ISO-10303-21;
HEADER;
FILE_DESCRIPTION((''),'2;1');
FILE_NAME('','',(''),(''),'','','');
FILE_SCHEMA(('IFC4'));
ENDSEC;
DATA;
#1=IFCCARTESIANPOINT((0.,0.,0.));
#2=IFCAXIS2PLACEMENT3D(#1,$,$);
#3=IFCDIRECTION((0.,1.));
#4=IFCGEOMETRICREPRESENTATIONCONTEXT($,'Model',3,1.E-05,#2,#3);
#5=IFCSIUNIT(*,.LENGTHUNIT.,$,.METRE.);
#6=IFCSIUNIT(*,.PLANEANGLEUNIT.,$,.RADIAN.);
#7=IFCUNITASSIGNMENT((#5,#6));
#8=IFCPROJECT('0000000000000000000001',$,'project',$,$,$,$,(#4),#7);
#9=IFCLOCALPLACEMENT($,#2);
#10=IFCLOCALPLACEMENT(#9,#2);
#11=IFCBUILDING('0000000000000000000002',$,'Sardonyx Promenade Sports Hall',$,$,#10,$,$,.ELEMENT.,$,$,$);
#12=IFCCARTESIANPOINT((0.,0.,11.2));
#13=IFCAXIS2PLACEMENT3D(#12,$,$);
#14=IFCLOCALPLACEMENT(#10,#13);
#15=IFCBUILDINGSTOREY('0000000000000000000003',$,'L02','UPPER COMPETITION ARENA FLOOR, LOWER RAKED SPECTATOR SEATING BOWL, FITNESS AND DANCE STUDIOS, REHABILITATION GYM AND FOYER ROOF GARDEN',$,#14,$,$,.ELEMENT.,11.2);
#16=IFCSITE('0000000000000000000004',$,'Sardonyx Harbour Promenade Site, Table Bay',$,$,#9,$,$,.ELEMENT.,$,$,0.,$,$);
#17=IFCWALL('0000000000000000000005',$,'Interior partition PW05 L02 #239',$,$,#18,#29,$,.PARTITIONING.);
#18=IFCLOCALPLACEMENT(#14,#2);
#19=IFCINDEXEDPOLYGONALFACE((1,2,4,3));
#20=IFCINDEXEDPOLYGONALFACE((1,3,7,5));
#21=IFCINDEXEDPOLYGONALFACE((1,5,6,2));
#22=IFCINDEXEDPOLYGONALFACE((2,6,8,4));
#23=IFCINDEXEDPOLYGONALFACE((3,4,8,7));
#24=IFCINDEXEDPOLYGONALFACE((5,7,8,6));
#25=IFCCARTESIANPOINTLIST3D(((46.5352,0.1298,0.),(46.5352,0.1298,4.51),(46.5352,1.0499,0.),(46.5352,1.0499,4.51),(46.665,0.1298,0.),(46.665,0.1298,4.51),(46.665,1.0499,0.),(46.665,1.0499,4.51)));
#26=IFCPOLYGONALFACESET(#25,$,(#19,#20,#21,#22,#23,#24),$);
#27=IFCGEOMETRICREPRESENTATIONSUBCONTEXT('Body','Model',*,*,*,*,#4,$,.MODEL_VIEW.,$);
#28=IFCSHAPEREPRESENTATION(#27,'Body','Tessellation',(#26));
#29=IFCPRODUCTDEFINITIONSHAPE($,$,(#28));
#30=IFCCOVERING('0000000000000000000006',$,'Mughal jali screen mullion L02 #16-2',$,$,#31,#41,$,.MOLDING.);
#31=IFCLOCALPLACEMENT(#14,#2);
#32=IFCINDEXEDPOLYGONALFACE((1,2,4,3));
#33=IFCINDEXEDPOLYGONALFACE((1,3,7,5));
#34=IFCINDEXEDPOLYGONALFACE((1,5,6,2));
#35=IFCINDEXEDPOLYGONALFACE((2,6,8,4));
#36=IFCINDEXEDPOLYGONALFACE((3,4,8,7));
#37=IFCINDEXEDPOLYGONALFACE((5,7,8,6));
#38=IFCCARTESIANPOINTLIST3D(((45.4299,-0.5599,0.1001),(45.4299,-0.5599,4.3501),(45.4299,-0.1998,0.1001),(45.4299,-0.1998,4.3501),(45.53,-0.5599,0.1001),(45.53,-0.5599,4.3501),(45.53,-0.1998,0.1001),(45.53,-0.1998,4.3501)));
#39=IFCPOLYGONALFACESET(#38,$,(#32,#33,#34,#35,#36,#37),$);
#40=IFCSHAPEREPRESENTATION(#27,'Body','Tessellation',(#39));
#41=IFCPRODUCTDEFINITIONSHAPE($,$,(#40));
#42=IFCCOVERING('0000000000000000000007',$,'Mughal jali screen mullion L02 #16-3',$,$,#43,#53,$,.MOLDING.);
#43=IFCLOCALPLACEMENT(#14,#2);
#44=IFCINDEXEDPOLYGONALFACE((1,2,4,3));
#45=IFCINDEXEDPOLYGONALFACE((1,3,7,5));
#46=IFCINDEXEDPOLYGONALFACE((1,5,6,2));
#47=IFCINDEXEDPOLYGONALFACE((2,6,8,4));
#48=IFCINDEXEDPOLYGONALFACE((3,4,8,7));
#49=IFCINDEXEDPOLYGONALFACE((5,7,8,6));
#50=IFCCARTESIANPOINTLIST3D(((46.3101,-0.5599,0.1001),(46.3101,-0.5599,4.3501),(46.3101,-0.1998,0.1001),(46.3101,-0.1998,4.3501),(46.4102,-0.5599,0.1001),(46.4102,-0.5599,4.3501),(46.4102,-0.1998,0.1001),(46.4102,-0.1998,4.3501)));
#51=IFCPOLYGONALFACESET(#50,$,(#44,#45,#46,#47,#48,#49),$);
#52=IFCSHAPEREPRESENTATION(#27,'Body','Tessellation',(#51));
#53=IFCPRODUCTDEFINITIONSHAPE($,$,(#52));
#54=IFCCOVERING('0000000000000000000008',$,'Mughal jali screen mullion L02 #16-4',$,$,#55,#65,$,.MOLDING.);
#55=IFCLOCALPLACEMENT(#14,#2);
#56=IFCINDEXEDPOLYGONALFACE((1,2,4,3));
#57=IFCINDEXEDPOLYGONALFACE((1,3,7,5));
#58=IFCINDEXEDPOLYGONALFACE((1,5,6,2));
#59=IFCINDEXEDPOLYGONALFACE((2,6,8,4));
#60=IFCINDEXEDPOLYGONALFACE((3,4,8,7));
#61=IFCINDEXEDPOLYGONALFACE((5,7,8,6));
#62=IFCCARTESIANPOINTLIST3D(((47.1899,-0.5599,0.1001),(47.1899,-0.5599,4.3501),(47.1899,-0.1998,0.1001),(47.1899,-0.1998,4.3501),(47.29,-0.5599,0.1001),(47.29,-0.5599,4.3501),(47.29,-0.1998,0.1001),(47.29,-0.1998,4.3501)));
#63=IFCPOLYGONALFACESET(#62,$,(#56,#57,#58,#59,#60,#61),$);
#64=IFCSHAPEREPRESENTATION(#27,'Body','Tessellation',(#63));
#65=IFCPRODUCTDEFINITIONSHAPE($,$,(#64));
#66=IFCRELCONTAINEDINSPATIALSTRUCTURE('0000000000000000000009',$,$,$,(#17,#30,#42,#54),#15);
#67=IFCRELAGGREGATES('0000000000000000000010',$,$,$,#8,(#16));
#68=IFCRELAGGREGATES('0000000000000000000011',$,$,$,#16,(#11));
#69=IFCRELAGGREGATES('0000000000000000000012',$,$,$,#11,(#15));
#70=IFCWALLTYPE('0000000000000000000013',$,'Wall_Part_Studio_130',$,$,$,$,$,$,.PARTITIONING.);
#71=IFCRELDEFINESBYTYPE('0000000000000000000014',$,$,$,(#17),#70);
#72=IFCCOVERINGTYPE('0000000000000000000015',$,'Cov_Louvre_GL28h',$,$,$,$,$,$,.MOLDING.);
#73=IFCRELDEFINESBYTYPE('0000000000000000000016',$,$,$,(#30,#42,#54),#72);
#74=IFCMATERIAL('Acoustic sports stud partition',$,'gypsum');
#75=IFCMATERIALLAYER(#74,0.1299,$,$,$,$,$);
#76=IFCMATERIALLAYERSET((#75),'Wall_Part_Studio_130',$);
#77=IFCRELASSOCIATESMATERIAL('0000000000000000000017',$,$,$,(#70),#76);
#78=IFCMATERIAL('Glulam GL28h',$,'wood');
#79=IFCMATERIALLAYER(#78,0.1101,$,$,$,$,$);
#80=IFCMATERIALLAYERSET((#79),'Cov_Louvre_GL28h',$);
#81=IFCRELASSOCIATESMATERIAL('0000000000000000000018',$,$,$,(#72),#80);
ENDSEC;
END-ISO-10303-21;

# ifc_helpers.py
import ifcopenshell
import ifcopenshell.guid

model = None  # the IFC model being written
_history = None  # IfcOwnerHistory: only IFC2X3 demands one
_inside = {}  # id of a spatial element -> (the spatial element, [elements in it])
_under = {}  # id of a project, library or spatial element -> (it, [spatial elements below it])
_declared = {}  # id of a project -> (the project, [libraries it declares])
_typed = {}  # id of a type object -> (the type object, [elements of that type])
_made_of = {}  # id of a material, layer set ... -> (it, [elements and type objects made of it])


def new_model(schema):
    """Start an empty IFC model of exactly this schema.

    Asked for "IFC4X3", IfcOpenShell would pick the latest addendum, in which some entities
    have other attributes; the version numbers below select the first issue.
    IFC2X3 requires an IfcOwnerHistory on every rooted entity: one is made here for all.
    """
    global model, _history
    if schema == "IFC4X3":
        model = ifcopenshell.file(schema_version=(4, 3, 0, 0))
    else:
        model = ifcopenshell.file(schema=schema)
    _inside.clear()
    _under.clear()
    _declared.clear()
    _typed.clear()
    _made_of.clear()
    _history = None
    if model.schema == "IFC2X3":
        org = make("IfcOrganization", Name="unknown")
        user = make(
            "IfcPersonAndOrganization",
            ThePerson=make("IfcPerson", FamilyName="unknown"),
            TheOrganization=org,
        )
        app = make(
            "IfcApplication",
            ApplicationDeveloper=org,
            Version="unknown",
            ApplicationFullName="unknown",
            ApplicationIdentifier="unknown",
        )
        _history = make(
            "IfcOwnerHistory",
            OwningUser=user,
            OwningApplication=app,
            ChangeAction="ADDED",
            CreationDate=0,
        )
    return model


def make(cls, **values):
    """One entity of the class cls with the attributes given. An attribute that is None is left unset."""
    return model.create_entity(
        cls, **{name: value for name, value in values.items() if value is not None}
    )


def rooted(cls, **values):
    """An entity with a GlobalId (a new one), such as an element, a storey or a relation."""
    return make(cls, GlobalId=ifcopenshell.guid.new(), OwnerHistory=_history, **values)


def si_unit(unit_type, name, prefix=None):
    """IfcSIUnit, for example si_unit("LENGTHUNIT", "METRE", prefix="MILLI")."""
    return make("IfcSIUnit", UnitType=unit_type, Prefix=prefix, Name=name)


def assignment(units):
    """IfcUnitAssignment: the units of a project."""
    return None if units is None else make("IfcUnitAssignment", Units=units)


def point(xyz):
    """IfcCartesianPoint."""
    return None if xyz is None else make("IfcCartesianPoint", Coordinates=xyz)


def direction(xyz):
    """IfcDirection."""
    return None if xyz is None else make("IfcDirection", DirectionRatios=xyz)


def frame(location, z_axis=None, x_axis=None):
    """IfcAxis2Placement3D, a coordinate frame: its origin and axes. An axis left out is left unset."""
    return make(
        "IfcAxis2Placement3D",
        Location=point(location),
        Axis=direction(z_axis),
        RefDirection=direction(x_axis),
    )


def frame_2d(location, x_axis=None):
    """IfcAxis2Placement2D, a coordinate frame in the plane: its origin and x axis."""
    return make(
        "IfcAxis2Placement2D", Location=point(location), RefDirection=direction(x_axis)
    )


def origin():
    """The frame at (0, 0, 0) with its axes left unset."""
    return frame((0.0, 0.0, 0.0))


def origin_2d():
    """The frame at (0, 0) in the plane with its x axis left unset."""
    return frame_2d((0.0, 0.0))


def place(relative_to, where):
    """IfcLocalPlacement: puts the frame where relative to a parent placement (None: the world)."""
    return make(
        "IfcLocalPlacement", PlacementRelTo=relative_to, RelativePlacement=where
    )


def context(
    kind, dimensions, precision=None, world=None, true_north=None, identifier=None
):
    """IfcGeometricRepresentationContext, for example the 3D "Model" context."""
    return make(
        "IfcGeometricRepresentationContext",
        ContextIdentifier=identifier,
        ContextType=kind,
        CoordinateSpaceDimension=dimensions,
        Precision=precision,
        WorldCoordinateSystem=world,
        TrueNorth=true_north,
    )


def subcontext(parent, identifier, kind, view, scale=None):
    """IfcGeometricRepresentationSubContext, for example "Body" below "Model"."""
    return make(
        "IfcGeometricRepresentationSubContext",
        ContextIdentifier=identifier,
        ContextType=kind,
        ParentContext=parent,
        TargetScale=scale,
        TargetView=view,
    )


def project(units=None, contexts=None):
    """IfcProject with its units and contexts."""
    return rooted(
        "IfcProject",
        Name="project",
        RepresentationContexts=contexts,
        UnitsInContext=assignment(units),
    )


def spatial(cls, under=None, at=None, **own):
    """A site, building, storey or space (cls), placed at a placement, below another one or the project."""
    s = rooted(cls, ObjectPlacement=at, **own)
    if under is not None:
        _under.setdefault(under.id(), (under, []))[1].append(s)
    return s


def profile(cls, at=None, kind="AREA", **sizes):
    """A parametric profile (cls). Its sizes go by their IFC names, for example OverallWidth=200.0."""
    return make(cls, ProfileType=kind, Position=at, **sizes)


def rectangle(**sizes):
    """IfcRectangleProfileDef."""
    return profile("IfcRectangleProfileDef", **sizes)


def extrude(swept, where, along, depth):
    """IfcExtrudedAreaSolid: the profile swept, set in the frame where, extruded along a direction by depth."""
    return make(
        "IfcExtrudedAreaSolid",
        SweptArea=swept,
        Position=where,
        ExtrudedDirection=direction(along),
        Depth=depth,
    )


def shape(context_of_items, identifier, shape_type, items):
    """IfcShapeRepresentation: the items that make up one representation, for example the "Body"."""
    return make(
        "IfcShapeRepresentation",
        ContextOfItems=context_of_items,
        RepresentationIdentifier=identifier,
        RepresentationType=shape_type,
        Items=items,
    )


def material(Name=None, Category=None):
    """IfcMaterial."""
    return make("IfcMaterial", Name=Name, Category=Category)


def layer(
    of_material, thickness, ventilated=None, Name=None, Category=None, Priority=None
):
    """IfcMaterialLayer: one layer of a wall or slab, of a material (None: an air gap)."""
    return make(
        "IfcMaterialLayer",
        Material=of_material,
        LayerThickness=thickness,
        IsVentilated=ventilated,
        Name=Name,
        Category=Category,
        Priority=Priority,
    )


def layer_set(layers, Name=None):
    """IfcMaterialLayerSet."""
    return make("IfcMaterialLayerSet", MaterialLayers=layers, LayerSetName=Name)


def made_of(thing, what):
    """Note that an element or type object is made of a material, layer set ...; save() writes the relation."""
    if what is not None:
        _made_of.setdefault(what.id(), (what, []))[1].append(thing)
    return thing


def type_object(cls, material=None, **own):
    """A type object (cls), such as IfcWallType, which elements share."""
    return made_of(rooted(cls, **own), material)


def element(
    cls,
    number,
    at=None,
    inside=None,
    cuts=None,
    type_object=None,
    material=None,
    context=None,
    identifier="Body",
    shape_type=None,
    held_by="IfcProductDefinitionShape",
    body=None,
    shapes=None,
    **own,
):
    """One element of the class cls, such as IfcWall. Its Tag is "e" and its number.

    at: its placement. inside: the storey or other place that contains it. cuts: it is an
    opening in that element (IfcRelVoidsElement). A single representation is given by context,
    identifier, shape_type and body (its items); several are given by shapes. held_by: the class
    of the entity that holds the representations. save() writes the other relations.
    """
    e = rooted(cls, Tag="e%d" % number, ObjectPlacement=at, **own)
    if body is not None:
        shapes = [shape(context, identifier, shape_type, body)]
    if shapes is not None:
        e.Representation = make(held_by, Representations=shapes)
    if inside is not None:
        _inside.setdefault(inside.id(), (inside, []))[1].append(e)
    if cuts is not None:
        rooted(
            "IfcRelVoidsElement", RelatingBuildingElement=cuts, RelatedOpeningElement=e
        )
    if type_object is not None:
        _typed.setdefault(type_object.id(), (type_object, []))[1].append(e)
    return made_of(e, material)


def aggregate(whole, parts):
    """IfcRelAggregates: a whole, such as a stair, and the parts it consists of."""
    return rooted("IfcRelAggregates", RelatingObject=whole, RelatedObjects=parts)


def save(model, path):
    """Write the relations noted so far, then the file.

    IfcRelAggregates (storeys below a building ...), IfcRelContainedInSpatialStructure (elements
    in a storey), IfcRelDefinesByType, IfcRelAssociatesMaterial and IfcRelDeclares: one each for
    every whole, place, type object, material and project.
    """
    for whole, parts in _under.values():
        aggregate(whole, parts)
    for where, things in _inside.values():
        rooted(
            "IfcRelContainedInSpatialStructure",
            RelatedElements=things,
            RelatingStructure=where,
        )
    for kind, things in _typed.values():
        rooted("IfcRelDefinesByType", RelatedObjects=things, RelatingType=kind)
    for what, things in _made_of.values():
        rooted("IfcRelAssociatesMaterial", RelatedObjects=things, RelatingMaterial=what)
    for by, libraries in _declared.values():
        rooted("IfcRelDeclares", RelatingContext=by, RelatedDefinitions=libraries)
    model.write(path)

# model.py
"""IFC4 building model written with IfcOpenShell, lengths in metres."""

from ifc_helpers import new_model, si_unit, direction, frame, frame_2d, origin, origin_2d, place, context, subcontext, project, spatial, rectangle, extrude, material, layer, layer_set, type_object, element, save


model = new_model("IFC4")

# Units and contexts
model_context = context("Model", 3, precision=1e-05, world=origin(), true_north=direction((0.0, 1.0)))
body_context = subcontext(model_context, "Body", "Model", "MODEL_VIEW")
ifc_project = project(units=[si_unit("LENGTHUNIT", "METRE"), si_unit("PLANEANGLEUNIT", "RADIAN")], contexts=[model_context])

# Site, building, storey
site_placement = place(None, origin())
site = spatial("IfcSite", under=ifc_project, at=site_placement, Name="Sardonyx Harbour Promenade Site, Table Bay", CompositionType="ELEMENT", RefElevation=0.0)
building_placement = place(site_placement, origin())
building = spatial("IfcBuilding", under=site, at=building_placement, Name="Sardonyx Promenade Sports Hall", CompositionType="ELEMENT")
storey_placement = place(building_placement, frame((0.0, 0.0, 11.2)))
storey = spatial("IfcBuildingStorey", under=building, at=storey_placement, Name="L02", Description="UPPER COMPETITION ARENA FLOOR, LOWER RAKED SPECTATOR SEATING BOWL, FITNESS AND DANCE STUDIOS, REHABILITATION GYM AND FOYER ROOF GARDEN", CompositionType="ELEMENT", Elevation=11.2)

# Wall
ifc_material_1 = material(Name="Acoustic sports stud partition", Category="gypsum")
ifc_layer_1 = layer(ifc_material_1, 0.1299)
ifc_layer_set_1 = layer_set([ifc_layer_1], Name="Wall_Part_Studio_130")
wall_type = type_object("IfcWallType", Name="Wall_Part_Studio_130", PredefinedType="PARTITIONING", material=ifc_layer_set_1)
wall_placement = place(storey_placement, frame((46.6001, 0.1299, 0.0), z_axis=(0.0, 0.0, 1.0), x_axis=(0.0, 1.0, 0.0)))
element("IfcWall", 1, at=wall_placement, inside=storey, type_object=wall_type, Name="Interior partition PW05 L02 #239", PredefinedType="PARTITIONING", context=body_context, shape_type="SweptSolid", body=[
    extrude(rectangle(XDim=0.9202, YDim=0.1299, at=frame_2d((0.46, 0.0))), origin(), (0.0, 0.0, 1.0), 4.51),
])

# Coverings
ifc_material_2 = material(Name="Glulam GL28h", Category="wood")
ifc_layer_2 = layer(ifc_material_2, 0.1101)
ifc_layer_set_2 = layer_set([ifc_layer_2], Name="Cov_Louvre_GL28h")
covering_type = type_object("IfcCoveringType", Name="Cov_Louvre_GL28h", PredefinedType="MOLDING", material=ifc_layer_set_2)
for number, where, z_axis, x_axis, name in (
    (2, (45.48, -0.3799, 0.1001), (0.0, 0.0, 1.0), (1.0, 0.0, 0.0), "Mughal jali screen mullion L02 #16-2"),
    (3, (46.3601, -0.3799, 0.1001), (0.0, 0.0, 1.0), (1.0, 0.0, 0.0), "Mughal jali screen mullion L02 #16-3"),
    (4, (47.24, -0.3799, 0.1001), (0.0, 0.0, 1.0), (1.0, 0.0, 0.0), "Mughal jali screen mullion L02 #16-4"),
):
    element("IfcCovering", number, at=place(storey_placement, frame(where, z_axis=z_axis, x_axis=x_axis)), inside=storey, type_object=covering_type, Name=name, PredefinedType="MOLDING", context=body_context, shape_type="SweptSolid", body=[
        extrude(rectangle(XDim=0.1001, YDim=0.3601, at=origin_2d()), origin(), (0.0, 0.0, 1.0), 4.25),
    ])

save(model, "model.ifc")
